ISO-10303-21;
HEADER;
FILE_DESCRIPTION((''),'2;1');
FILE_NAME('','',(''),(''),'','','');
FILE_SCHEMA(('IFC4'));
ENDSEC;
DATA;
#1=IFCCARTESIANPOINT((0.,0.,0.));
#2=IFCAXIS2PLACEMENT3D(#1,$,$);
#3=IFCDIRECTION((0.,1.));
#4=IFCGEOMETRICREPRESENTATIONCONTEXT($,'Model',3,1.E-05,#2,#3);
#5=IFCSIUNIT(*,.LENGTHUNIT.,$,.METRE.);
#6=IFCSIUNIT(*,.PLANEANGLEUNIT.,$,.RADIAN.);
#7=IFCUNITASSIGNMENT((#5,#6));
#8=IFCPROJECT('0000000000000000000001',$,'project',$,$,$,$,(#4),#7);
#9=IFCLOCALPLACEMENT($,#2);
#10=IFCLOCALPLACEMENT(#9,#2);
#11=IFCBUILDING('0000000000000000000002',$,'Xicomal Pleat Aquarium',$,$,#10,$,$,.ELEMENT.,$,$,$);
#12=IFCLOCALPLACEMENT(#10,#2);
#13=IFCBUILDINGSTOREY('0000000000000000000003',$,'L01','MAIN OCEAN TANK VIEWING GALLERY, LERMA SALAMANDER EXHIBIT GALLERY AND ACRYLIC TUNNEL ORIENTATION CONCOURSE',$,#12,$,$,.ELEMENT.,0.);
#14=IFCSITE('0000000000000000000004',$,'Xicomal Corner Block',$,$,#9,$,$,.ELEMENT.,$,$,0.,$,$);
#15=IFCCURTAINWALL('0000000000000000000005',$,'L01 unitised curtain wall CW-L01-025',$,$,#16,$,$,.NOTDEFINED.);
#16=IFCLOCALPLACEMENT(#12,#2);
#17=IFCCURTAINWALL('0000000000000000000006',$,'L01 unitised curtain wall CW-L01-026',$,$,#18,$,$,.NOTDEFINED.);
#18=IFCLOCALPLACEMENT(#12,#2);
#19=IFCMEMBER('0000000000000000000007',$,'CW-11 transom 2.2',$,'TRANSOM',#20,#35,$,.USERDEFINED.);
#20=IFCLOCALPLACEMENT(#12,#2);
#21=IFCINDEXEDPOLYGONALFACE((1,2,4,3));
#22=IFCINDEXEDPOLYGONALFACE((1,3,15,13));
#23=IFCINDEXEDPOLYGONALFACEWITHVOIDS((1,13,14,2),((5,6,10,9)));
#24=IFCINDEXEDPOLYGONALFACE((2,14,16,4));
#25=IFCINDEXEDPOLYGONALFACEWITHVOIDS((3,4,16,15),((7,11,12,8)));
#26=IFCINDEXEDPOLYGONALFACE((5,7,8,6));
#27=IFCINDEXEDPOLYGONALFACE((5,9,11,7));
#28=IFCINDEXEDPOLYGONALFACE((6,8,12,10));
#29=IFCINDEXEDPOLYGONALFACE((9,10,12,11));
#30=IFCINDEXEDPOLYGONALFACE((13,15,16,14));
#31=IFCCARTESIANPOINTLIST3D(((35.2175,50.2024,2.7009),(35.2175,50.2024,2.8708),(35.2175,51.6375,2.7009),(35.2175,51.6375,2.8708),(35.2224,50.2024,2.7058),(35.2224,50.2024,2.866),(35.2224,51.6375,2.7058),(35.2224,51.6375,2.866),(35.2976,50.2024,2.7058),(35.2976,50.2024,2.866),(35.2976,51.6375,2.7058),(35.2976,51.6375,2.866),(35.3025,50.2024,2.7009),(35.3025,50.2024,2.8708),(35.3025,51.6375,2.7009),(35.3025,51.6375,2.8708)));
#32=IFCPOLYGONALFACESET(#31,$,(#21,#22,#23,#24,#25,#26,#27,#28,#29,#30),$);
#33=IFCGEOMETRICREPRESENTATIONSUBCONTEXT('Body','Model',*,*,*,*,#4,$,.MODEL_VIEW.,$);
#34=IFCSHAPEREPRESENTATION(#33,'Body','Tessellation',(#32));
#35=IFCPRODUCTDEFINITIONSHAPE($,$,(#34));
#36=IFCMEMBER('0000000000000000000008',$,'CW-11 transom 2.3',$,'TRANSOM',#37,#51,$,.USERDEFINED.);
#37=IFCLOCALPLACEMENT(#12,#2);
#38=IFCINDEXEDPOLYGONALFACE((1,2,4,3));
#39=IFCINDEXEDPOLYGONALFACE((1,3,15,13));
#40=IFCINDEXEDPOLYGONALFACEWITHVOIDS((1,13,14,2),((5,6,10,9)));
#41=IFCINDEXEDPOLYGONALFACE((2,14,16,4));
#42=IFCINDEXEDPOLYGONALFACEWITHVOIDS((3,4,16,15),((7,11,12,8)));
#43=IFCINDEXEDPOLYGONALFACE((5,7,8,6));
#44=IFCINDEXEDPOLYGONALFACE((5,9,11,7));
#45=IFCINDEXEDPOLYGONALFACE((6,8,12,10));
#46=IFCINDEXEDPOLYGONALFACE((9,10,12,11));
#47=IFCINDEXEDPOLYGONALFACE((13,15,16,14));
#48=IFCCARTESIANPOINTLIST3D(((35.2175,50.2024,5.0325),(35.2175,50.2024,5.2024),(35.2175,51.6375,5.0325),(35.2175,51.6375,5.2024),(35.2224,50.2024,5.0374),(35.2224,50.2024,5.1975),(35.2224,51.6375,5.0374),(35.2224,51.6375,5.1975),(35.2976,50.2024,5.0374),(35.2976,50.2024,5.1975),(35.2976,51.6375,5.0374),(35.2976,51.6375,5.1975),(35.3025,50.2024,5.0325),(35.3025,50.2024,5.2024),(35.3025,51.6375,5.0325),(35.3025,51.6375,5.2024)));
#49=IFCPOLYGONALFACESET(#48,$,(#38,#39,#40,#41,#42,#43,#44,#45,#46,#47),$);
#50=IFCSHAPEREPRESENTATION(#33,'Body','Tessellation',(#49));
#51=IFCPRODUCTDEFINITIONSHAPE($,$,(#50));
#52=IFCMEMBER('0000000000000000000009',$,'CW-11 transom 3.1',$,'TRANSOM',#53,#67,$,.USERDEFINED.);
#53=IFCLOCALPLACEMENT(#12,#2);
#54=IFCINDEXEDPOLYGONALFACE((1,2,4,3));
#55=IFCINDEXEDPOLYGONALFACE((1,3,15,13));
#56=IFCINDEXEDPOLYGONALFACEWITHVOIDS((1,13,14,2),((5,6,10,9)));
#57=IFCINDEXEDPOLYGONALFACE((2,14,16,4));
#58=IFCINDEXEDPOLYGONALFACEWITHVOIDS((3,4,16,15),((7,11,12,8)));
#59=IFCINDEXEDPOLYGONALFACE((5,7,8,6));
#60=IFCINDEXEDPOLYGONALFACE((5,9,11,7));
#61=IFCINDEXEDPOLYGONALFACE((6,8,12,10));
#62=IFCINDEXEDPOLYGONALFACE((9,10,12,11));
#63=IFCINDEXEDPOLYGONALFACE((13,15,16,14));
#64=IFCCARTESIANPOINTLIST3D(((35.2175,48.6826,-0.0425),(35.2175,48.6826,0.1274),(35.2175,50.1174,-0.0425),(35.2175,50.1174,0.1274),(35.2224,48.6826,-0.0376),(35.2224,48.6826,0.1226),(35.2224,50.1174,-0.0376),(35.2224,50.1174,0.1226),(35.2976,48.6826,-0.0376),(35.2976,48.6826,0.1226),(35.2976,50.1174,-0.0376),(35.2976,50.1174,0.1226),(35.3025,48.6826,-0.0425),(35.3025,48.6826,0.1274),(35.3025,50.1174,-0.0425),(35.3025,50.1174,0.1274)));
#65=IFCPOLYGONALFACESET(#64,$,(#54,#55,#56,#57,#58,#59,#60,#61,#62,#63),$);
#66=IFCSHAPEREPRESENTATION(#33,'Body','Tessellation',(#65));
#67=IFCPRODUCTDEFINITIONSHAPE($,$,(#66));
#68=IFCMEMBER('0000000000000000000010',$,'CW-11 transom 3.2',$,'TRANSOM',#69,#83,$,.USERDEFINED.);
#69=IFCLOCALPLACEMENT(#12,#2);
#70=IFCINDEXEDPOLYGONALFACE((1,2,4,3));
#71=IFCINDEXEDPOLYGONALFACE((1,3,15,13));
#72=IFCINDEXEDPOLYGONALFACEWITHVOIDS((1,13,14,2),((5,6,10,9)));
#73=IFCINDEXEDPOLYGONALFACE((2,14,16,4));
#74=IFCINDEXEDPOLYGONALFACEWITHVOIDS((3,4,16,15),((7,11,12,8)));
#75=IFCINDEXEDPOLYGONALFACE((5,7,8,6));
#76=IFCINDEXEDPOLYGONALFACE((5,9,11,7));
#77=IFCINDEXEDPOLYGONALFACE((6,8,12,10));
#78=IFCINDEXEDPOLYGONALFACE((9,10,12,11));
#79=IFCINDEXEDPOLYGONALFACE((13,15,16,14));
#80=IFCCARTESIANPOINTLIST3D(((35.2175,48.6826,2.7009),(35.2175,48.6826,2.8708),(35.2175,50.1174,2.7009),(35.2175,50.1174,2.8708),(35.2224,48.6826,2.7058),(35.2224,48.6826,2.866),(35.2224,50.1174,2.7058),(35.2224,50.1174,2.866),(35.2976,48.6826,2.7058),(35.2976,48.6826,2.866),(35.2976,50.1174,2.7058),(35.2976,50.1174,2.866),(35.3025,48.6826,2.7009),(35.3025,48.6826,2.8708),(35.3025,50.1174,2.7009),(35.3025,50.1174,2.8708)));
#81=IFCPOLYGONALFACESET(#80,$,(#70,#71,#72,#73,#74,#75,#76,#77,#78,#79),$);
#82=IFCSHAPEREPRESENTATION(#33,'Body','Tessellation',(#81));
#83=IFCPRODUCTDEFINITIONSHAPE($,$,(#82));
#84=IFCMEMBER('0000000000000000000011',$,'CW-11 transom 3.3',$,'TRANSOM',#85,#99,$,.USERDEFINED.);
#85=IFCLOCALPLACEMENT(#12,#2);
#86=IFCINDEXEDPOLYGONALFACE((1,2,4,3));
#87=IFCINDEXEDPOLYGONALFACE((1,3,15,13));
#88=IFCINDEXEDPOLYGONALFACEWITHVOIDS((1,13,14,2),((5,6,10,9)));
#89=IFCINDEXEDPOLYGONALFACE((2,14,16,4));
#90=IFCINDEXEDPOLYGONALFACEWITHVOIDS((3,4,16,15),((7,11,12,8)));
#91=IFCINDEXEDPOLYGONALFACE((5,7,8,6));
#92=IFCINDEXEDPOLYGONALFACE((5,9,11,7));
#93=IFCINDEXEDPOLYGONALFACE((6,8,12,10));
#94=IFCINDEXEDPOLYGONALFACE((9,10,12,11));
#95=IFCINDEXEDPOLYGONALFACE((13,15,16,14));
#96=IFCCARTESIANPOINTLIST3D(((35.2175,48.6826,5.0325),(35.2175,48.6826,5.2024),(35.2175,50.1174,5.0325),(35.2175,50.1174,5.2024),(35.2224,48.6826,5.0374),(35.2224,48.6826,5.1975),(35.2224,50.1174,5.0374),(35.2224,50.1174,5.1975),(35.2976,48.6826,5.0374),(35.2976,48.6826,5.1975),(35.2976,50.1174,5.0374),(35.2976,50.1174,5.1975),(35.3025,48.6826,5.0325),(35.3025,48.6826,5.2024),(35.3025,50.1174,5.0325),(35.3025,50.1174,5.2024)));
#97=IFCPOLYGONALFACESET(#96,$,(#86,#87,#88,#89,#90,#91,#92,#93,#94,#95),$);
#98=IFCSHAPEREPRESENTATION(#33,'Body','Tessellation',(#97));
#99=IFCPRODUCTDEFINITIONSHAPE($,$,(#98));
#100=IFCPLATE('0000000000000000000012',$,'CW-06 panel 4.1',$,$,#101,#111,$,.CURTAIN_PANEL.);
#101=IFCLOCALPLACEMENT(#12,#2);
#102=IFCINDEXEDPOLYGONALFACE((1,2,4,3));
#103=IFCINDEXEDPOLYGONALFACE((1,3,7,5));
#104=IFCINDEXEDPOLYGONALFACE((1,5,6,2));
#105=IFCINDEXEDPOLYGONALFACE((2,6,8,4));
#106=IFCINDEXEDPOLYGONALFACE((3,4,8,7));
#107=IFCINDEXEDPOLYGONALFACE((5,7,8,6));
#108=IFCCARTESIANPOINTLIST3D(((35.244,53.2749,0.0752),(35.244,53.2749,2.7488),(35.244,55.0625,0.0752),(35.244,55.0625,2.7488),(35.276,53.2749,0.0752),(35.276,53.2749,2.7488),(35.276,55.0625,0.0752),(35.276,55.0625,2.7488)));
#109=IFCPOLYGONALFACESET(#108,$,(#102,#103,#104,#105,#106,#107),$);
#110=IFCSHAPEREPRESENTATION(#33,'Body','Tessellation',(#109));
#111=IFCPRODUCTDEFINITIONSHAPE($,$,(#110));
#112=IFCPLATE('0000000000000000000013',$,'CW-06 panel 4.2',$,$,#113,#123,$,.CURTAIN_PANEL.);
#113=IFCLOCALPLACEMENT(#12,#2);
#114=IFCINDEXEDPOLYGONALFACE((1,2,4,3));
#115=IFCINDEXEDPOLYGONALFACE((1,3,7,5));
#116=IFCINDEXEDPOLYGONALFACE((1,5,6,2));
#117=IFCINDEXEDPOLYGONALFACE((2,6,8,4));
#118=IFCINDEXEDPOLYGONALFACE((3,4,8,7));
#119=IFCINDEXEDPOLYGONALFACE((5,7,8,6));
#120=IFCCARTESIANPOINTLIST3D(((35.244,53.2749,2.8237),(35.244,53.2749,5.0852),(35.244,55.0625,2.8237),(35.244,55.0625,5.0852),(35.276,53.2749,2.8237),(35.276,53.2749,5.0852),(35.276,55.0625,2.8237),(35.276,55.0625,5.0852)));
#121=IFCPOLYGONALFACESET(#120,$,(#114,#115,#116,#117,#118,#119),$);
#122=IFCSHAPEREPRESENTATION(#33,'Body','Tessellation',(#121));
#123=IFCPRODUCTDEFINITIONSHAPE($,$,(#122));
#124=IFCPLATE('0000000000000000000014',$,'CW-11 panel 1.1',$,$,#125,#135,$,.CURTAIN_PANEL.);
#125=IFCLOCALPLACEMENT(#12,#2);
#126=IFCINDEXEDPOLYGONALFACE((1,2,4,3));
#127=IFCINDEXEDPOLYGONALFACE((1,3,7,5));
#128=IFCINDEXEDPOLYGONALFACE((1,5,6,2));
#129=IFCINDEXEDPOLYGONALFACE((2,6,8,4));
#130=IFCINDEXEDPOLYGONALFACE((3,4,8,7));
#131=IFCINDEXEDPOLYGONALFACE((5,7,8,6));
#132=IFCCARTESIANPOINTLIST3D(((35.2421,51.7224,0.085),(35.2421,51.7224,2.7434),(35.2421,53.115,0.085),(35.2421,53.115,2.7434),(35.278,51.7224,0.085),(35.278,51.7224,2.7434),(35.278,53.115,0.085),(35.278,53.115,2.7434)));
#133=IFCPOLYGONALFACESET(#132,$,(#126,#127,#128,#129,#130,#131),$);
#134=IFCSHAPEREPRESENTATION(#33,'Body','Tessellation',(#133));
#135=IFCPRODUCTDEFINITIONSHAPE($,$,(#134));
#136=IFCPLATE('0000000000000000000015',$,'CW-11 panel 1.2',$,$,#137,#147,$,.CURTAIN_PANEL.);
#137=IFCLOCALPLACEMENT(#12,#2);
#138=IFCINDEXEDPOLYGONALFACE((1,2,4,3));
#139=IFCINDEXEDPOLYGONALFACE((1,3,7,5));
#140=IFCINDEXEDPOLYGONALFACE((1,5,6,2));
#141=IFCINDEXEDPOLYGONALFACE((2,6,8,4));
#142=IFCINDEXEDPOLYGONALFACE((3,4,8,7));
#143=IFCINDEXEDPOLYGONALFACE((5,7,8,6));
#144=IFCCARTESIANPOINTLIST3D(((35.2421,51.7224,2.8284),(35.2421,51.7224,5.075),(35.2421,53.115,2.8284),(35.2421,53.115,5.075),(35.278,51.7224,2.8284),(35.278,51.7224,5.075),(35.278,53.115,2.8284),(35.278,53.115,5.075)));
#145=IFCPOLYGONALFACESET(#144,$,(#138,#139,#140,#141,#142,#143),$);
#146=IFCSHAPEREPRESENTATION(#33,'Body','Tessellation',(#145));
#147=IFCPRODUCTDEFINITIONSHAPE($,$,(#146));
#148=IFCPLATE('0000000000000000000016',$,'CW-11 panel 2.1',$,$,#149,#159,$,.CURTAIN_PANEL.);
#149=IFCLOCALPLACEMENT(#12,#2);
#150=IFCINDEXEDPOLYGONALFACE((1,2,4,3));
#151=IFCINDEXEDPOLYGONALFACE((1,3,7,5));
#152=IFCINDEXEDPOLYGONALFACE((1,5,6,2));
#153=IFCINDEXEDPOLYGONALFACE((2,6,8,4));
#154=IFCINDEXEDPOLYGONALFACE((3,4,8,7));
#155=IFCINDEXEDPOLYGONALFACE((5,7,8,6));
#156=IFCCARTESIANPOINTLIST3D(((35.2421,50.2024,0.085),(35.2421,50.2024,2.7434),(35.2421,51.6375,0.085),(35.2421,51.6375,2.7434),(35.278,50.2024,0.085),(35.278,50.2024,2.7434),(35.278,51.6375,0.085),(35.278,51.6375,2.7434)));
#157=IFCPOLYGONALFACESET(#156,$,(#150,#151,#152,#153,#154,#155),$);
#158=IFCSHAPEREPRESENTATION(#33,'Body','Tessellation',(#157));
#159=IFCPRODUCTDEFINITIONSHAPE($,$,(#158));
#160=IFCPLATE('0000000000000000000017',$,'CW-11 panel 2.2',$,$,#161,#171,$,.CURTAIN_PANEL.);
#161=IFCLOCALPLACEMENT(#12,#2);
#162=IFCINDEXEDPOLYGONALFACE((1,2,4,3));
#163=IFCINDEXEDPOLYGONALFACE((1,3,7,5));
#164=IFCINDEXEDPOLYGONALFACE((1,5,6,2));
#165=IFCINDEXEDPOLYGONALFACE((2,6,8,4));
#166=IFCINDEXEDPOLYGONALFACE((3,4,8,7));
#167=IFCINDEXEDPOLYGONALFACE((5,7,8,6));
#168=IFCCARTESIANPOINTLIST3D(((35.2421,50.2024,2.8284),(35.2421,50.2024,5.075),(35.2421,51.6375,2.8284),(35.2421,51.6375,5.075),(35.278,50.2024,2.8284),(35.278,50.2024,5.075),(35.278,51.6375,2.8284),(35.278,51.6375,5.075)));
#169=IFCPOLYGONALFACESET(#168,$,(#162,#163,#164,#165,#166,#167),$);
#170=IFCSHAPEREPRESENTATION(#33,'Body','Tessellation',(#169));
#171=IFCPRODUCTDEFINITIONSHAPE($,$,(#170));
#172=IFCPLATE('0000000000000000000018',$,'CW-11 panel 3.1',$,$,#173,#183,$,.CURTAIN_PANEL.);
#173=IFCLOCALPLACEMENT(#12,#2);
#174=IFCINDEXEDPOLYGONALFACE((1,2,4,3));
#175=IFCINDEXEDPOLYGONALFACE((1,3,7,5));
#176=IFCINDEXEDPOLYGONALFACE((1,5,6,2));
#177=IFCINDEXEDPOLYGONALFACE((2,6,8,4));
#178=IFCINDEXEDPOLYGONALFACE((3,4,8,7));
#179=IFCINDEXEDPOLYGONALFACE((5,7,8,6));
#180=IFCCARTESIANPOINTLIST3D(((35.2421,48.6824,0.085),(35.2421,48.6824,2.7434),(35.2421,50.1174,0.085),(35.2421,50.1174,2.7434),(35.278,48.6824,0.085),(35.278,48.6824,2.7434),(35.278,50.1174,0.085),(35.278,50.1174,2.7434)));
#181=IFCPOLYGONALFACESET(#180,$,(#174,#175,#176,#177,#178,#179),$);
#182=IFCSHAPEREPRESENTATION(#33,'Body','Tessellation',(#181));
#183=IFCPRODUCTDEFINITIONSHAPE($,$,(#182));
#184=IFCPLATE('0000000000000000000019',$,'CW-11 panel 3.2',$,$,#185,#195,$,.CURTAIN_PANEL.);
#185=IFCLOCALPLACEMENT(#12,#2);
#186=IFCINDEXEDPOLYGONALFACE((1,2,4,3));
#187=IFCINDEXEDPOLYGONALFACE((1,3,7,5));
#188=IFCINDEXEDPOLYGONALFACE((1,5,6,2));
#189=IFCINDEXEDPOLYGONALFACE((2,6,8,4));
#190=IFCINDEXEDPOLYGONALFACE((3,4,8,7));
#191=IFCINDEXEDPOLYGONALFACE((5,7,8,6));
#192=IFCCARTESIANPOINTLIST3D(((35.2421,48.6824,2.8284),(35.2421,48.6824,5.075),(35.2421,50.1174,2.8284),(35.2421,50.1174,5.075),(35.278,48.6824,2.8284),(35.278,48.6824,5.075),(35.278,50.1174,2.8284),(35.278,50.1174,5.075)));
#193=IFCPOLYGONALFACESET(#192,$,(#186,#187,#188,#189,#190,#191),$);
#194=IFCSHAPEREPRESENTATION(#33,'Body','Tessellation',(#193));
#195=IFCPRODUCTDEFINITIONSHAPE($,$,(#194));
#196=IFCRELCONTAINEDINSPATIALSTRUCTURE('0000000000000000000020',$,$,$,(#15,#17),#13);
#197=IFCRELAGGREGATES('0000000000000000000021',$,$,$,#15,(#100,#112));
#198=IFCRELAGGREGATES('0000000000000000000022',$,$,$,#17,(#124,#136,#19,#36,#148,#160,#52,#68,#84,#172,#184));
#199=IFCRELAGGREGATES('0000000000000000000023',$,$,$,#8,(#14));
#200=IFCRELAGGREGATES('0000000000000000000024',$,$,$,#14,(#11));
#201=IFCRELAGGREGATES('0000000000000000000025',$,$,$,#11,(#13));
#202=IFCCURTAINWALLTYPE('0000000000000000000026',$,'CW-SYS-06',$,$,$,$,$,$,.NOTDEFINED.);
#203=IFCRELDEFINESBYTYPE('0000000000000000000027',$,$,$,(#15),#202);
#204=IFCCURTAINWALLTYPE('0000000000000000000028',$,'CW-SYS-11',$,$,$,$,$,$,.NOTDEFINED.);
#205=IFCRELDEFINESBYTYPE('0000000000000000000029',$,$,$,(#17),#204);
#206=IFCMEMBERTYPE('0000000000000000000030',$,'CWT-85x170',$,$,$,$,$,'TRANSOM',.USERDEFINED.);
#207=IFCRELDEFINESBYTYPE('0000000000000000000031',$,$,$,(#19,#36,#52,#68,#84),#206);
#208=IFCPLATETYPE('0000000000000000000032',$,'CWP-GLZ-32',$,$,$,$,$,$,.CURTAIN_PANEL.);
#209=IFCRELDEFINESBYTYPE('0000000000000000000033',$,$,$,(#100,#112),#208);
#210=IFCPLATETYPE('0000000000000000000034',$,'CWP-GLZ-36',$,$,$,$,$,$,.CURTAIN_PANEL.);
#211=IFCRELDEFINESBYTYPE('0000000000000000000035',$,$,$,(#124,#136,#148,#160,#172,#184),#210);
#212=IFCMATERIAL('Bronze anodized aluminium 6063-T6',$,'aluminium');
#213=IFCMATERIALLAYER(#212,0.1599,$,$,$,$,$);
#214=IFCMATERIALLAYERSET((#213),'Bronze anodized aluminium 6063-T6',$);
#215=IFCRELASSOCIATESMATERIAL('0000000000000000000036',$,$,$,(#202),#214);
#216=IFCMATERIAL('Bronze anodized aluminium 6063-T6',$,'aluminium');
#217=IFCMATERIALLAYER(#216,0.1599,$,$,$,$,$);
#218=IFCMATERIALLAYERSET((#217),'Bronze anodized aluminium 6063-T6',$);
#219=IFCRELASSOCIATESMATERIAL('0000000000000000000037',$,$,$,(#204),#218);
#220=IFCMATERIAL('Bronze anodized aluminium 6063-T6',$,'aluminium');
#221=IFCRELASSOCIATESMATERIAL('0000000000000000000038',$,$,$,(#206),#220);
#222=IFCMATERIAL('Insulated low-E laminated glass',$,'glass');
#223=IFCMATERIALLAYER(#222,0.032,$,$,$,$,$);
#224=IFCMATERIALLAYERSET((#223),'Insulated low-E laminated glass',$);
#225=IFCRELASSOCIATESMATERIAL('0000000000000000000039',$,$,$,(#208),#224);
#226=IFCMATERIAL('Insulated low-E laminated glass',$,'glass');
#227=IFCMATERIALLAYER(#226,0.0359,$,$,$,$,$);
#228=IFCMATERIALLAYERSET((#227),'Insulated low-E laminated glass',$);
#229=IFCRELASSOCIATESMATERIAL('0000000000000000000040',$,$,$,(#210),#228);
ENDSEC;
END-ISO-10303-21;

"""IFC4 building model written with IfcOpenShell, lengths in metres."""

from ifc_helpers import new_model, si_unit, direction, frame, origin, origin_2d, place, context, subcontext, project, spatial, rectangle, hollow_rectangle, extrude, material, layer, layer_set, material_profile, profile_set, type_object, element, aggregate, save


model = new_model("IFC4")

# Units and contexts
model_context = context("Model", 3, precision=1e-05, world=origin(), true_north=direction((0.0, 1.0)))
body_context = subcontext(model_context, "Body", "Model", "MODEL_VIEW")
ifc_project = project(units=[si_unit("LENGTHUNIT", "METRE"), si_unit("PLANEANGLEUNIT", "RADIAN")], contexts=[model_context])

# Site, building, storey
site_placement = place(None, origin())
site = spatial("IfcSite", under=ifc_project, at=site_placement, Name="Xicomal Corner Block", CompositionType="ELEMENT", RefElevation=0.0)
building_placement = place(site_placement, origin())
building = spatial("IfcBuilding", under=site, at=building_placement, Name="Xicomal Pleat Aquarium", CompositionType="ELEMENT")
storey_placement = place(building_placement, origin())
storey = spatial("IfcBuildingStorey", under=building, at=storey_placement, Name="L01", Description="MAIN OCEAN TANK VIEWING GALLERY, LERMA SALAMANDER EXHIBIT GALLERY AND ACRYLIC TUNNEL ORIENTATION CONCOURSE", CompositionType="ELEMENT", Elevation=0.0)

# Curtain wall
ifc_material_1 = material(Name="Bronze anodized aluminium 6063-T6", Category="aluminium")
ifc_layer_1 = layer(ifc_material_1, 0.1599)
ifc_layer_set_1 = layer_set([ifc_layer_1], Name="Bronze anodized aluminium 6063-T6")
curtain_wall_type_1 = type_object("IfcCurtainWallType", Name="CW-SYS-06", PredefinedType="NOTDEFINED", material=ifc_layer_set_1)
curtain_wall_1_placement = place(storey_placement, origin())
curtain_wall_1 = element("IfcCurtainWall", 1, at=curtain_wall_1_placement, inside=storey, type_object=curtain_wall_type_1, Name="L01 unitised curtain wall CW-L01-025", PredefinedType="NOTDEFINED")

# Curtain wall
ifc_material_2 = material(Name="Bronze anodized aluminium 6063-T6", Category="aluminium")
ifc_layer_2 = layer(ifc_material_2, 0.1599)
ifc_layer_set_2 = layer_set([ifc_layer_2], Name="Bronze anodized aluminium 6063-T6")
curtain_wall_type_2 = type_object("IfcCurtainWallType", Name="CW-SYS-11", PredefinedType="NOTDEFINED", material=ifc_layer_set_2)
curtain_wall_2_placement = place(storey_placement, origin())
curtain_wall_2 = element("IfcCurtainWall", 2, at=curtain_wall_2_placement, inside=storey, type_object=curtain_wall_type_2, Name="L01 unitised curtain wall CW-L01-026", PredefinedType="NOTDEFINED")

# Members
ifc_material_3 = material(Name="Bronze anodized aluminium 6063-T6", Category="aluminium")
ifc_material_profile_1 = material_profile(ifc_material_3, hollow_rectangle(XDim=0.085, YDim=0.1699, WallThickness=0.0049, at=origin_2d()), Name="ALU TRAN 85x170")
ifc_profile_set_1 = profile_set([ifc_material_profile_1], Name="Bronze anodized aluminium 6063-T6")
member_type_1 = type_object("IfcMemberType", Name="CWT-85x170", ElementType="TRANSOM", PredefinedType="USERDEFINED", material=ifc_profile_set_1)
member_1_placement = place(storey_placement, frame((35.26, 51.6375, 2.7859), z_axis=(0.0, -1.0, 0.0), x_axis=(1.0, 0.0, 0.0)))
member_1 = element("IfcMember", 3, at=member_1_placement, type_object=member_type_1, Name="CW-11 transom 2.2", ObjectType="TRANSOM", PredefinedType="USERDEFINED", context=body_context, shape_type="SweptSolid", body=[
    extrude(hollow_rectangle(XDim=0.085, YDim=0.1699, WallThickness=0.0049, at=origin_2d()), origin(), (0.0, 0.0, 1.0), 1.4351),
])
member_2_placement = place(storey_placement, frame((35.26, 51.6375, 5.1174), z_axis=(0.0, -1.0, 0.0), x_axis=(1.0, 0.0, 0.0)))
member_2 = element("IfcMember", 4, at=member_2_placement, type_object=member_type_1, Name="CW-11 transom 2.3", ObjectType="TRANSOM", PredefinedType="USERDEFINED", context=body_context, shape_type="SweptSolid", body=[
    extrude(hollow_rectangle(XDim=0.085, YDim=0.1699, WallThickness=0.0049, at=origin_2d()), origin(), (0.0, 0.0, 1.0), 1.4351),
])
member_3_placement = place(storey_placement, frame((35.26, 50.1174, 0.0425), z_axis=(0.0, -1.0, 0.0), x_axis=(1.0, 0.0, 0.0)))
member_3 = element("IfcMember", 5, at=member_3_placement, type_object=member_type_1, Name="CW-11 transom 3.1", ObjectType="TRANSOM", PredefinedType="USERDEFINED", context=body_context, shape_type="SweptSolid", body=[
    extrude(hollow_rectangle(XDim=0.085, YDim=0.1699, WallThickness=0.0049, at=origin_2d()), origin(), (0.0, 0.0, 1.0), 1.4348),
])
member_4_placement = place(storey_placement, frame((35.26, 50.1174, 2.7859), z_axis=(0.0, -1.0, 0.0), x_axis=(1.0, 0.0, 0.0)))
member_4 = element("IfcMember", 6, at=member_4_placement, type_object=member_type_1, Name="CW-11 transom 3.2", ObjectType="TRANSOM", PredefinedType="USERDEFINED", context=body_context, shape_type="SweptSolid", body=[
    extrude(hollow_rectangle(XDim=0.085, YDim=0.1699, WallThickness=0.0049, at=origin_2d()), origin(), (0.0, 0.0, 1.0), 1.4348),
])
member_5_placement = place(storey_placement, frame((35.26, 50.1174, 5.1174), z_axis=(0.0, -1.0, 0.0), x_axis=(1.0, 0.0, 0.0)))
member_5 = element("IfcMember", 7, at=member_5_placement, type_object=member_type_1, Name="CW-11 transom 3.3", ObjectType="TRANSOM", PredefinedType="USERDEFINED", context=body_context, shape_type="SweptSolid", body=[
    extrude(hollow_rectangle(XDim=0.085, YDim=0.1699, WallThickness=0.0049, at=origin_2d()), origin(), (0.0, 0.0, 1.0), 1.4348),
])

# Plates
ifc_material_4 = material(Name="Insulated low-E laminated glass", Category="glass")
ifc_layer_3 = layer(ifc_material_4, 0.032)
ifc_layer_set_3 = layer_set([ifc_layer_3], Name="Insulated low-E laminated glass")
plate_type_1 = type_object("IfcPlateType", Name="CWP-GLZ-32", PredefinedType="CURTAIN_PANEL", material=ifc_layer_set_3)
plate_1_placement = place(storey_placement, frame((35.26, 54.1687, 0.0752), z_axis=(0.0, 0.0, 1.0), x_axis=(0.0, -1.0, 0.0)))
plate_1 = element("IfcPlate", 8, at=plate_1_placement, type_object=plate_type_1, Name="CW-06 panel 4.1", PredefinedType="CURTAIN_PANEL", context=body_context, shape_type="SweptSolid", body=[
    extrude(rectangle(XDim=1.7876, YDim=0.032, at=origin_2d()), origin(), (0.0, 0.0, 1.0), 2.6736),
])
plate_2_placement = place(storey_placement, frame((35.26, 54.1687, 2.8237), z_axis=(0.0, 0.0, 1.0), x_axis=(0.0, -1.0, 0.0)))
plate_2 = element("IfcPlate", 9, at=plate_2_placement, type_object=plate_type_1, Name="CW-06 panel 4.2", PredefinedType="CURTAIN_PANEL", context=body_context, shape_type="SweptSolid", body=[
    extrude(rectangle(XDim=1.7876, YDim=0.032, at=origin_2d()), origin(), (0.0, 0.0, 1.0), 2.2615),
])
aggregate(curtain_wall_1, [plate_1, plate_2])
ifc_material_5 = material(Name="Insulated low-E laminated glass", Category="glass")
ifc_layer_4 = layer(ifc_material_5, 0.0359)
ifc_layer_set_4 = layer_set([ifc_layer_4], Name="Insulated low-E laminated glass")
plate_type_2 = type_object("IfcPlateType", Name="CWP-GLZ-36", PredefinedType="CURTAIN_PANEL", material=ifc_layer_set_4)
plate_3_placement = place(storey_placement, frame((35.26, 52.4187, 0.085), z_axis=(0.0, 0.0, 1.0), x_axis=(0.0, -1.0, 0.0)))
plate_3 = element("IfcPlate", 10, at=plate_3_placement, type_object=plate_type_2, Name="CW-11 panel 1.1", PredefinedType="CURTAIN_PANEL", context=body_context, shape_type="SweptSolid", body=[
    extrude(rectangle(XDim=1.3926, YDim=0.0359, at=origin_2d()), origin(), (0.0, 0.0, 1.0), 2.6584),
])
plate_4_placement = place(storey_placement, frame((35.26, 52.4187, 2.8284), z_axis=(0.0, 0.0, 1.0), x_axis=(0.0, -1.0, 0.0)))
plate_4 = element("IfcPlate", 11, at=plate_4_placement, type_object=plate_type_2, Name="CW-11 panel 1.2", PredefinedType="CURTAIN_PANEL", context=body_context, shape_type="SweptSolid", body=[
    extrude(rectangle(XDim=1.3926, YDim=0.0359, at=origin_2d()), origin(), (0.0, 0.0, 1.0), 2.2466),
])
plate_5_placement = place(storey_placement, frame((35.26, 50.9199, 0.085), z_axis=(0.0, 0.0, 1.0), x_axis=(0.0, -1.0, 0.0)))
plate_5 = element("IfcPlate", 12, at=plate_5_placement, type_object=plate_type_2, Name="CW-11 panel 2.1", PredefinedType="CURTAIN_PANEL", context=body_context, shape_type="SweptSolid", body=[
    extrude(rectangle(XDim=1.4351, YDim=0.0359, at=origin_2d()), origin(), (0.0, 0.0, 1.0), 2.6584),
])
plate_6_placement = place(storey_placement, frame((35.26, 50.9199, 2.8284), z_axis=(0.0, 0.0, 1.0), x_axis=(0.0, -1.0, 0.0)))
plate_6 = element("IfcPlate", 13, at=plate_6_placement, type_object=plate_type_2, Name="CW-11 panel 2.2", PredefinedType="CURTAIN_PANEL", context=body_context, shape_type="SweptSolid", body=[
    extrude(rectangle(XDim=1.4351, YDim=0.0359, at=origin_2d()), origin(), (0.0, 0.0, 1.0), 2.2466),
])
plate_7_placement = place(storey_placement, frame((35.26, 49.3999, 0.085), z_axis=(0.0, 0.0, 1.0), x_axis=(0.0, -1.0, 0.0)))
plate_7 = element("IfcPlate", 14, at=plate_7_placement, type_object=plate_type_2, Name="CW-11 panel 3.1", PredefinedType="CURTAIN_PANEL", context=body_context, shape_type="SweptSolid", body=[
    extrude(rectangle(XDim=1.4351, YDim=0.0359, at=origin_2d()), origin(), (0.0, 0.0, 1.0), 2.6584),
])
plate_8_placement = place(storey_placement, frame((35.26, 49.3999, 2.8284), z_axis=(0.0, 0.0, 1.0), x_axis=(0.0, -1.0, 0.0)))
plate_8 = element("IfcPlate", 15, at=plate_8_placement, type_object=plate_type_2, Name="CW-11 panel 3.2", PredefinedType="CURTAIN_PANEL", context=body_context, shape_type="SweptSolid", body=[
    extrude(rectangle(XDim=1.4351, YDim=0.0359, at=origin_2d()), origin(), (0.0, 0.0, 1.0), 2.2466),
])
aggregate(curtain_wall_2, [plate_3, plate_4, member_1, member_2, plate_5, plate_6, member_3, member_4, member_5, plate_7, plate_8])

save(model, "model.ifc")
